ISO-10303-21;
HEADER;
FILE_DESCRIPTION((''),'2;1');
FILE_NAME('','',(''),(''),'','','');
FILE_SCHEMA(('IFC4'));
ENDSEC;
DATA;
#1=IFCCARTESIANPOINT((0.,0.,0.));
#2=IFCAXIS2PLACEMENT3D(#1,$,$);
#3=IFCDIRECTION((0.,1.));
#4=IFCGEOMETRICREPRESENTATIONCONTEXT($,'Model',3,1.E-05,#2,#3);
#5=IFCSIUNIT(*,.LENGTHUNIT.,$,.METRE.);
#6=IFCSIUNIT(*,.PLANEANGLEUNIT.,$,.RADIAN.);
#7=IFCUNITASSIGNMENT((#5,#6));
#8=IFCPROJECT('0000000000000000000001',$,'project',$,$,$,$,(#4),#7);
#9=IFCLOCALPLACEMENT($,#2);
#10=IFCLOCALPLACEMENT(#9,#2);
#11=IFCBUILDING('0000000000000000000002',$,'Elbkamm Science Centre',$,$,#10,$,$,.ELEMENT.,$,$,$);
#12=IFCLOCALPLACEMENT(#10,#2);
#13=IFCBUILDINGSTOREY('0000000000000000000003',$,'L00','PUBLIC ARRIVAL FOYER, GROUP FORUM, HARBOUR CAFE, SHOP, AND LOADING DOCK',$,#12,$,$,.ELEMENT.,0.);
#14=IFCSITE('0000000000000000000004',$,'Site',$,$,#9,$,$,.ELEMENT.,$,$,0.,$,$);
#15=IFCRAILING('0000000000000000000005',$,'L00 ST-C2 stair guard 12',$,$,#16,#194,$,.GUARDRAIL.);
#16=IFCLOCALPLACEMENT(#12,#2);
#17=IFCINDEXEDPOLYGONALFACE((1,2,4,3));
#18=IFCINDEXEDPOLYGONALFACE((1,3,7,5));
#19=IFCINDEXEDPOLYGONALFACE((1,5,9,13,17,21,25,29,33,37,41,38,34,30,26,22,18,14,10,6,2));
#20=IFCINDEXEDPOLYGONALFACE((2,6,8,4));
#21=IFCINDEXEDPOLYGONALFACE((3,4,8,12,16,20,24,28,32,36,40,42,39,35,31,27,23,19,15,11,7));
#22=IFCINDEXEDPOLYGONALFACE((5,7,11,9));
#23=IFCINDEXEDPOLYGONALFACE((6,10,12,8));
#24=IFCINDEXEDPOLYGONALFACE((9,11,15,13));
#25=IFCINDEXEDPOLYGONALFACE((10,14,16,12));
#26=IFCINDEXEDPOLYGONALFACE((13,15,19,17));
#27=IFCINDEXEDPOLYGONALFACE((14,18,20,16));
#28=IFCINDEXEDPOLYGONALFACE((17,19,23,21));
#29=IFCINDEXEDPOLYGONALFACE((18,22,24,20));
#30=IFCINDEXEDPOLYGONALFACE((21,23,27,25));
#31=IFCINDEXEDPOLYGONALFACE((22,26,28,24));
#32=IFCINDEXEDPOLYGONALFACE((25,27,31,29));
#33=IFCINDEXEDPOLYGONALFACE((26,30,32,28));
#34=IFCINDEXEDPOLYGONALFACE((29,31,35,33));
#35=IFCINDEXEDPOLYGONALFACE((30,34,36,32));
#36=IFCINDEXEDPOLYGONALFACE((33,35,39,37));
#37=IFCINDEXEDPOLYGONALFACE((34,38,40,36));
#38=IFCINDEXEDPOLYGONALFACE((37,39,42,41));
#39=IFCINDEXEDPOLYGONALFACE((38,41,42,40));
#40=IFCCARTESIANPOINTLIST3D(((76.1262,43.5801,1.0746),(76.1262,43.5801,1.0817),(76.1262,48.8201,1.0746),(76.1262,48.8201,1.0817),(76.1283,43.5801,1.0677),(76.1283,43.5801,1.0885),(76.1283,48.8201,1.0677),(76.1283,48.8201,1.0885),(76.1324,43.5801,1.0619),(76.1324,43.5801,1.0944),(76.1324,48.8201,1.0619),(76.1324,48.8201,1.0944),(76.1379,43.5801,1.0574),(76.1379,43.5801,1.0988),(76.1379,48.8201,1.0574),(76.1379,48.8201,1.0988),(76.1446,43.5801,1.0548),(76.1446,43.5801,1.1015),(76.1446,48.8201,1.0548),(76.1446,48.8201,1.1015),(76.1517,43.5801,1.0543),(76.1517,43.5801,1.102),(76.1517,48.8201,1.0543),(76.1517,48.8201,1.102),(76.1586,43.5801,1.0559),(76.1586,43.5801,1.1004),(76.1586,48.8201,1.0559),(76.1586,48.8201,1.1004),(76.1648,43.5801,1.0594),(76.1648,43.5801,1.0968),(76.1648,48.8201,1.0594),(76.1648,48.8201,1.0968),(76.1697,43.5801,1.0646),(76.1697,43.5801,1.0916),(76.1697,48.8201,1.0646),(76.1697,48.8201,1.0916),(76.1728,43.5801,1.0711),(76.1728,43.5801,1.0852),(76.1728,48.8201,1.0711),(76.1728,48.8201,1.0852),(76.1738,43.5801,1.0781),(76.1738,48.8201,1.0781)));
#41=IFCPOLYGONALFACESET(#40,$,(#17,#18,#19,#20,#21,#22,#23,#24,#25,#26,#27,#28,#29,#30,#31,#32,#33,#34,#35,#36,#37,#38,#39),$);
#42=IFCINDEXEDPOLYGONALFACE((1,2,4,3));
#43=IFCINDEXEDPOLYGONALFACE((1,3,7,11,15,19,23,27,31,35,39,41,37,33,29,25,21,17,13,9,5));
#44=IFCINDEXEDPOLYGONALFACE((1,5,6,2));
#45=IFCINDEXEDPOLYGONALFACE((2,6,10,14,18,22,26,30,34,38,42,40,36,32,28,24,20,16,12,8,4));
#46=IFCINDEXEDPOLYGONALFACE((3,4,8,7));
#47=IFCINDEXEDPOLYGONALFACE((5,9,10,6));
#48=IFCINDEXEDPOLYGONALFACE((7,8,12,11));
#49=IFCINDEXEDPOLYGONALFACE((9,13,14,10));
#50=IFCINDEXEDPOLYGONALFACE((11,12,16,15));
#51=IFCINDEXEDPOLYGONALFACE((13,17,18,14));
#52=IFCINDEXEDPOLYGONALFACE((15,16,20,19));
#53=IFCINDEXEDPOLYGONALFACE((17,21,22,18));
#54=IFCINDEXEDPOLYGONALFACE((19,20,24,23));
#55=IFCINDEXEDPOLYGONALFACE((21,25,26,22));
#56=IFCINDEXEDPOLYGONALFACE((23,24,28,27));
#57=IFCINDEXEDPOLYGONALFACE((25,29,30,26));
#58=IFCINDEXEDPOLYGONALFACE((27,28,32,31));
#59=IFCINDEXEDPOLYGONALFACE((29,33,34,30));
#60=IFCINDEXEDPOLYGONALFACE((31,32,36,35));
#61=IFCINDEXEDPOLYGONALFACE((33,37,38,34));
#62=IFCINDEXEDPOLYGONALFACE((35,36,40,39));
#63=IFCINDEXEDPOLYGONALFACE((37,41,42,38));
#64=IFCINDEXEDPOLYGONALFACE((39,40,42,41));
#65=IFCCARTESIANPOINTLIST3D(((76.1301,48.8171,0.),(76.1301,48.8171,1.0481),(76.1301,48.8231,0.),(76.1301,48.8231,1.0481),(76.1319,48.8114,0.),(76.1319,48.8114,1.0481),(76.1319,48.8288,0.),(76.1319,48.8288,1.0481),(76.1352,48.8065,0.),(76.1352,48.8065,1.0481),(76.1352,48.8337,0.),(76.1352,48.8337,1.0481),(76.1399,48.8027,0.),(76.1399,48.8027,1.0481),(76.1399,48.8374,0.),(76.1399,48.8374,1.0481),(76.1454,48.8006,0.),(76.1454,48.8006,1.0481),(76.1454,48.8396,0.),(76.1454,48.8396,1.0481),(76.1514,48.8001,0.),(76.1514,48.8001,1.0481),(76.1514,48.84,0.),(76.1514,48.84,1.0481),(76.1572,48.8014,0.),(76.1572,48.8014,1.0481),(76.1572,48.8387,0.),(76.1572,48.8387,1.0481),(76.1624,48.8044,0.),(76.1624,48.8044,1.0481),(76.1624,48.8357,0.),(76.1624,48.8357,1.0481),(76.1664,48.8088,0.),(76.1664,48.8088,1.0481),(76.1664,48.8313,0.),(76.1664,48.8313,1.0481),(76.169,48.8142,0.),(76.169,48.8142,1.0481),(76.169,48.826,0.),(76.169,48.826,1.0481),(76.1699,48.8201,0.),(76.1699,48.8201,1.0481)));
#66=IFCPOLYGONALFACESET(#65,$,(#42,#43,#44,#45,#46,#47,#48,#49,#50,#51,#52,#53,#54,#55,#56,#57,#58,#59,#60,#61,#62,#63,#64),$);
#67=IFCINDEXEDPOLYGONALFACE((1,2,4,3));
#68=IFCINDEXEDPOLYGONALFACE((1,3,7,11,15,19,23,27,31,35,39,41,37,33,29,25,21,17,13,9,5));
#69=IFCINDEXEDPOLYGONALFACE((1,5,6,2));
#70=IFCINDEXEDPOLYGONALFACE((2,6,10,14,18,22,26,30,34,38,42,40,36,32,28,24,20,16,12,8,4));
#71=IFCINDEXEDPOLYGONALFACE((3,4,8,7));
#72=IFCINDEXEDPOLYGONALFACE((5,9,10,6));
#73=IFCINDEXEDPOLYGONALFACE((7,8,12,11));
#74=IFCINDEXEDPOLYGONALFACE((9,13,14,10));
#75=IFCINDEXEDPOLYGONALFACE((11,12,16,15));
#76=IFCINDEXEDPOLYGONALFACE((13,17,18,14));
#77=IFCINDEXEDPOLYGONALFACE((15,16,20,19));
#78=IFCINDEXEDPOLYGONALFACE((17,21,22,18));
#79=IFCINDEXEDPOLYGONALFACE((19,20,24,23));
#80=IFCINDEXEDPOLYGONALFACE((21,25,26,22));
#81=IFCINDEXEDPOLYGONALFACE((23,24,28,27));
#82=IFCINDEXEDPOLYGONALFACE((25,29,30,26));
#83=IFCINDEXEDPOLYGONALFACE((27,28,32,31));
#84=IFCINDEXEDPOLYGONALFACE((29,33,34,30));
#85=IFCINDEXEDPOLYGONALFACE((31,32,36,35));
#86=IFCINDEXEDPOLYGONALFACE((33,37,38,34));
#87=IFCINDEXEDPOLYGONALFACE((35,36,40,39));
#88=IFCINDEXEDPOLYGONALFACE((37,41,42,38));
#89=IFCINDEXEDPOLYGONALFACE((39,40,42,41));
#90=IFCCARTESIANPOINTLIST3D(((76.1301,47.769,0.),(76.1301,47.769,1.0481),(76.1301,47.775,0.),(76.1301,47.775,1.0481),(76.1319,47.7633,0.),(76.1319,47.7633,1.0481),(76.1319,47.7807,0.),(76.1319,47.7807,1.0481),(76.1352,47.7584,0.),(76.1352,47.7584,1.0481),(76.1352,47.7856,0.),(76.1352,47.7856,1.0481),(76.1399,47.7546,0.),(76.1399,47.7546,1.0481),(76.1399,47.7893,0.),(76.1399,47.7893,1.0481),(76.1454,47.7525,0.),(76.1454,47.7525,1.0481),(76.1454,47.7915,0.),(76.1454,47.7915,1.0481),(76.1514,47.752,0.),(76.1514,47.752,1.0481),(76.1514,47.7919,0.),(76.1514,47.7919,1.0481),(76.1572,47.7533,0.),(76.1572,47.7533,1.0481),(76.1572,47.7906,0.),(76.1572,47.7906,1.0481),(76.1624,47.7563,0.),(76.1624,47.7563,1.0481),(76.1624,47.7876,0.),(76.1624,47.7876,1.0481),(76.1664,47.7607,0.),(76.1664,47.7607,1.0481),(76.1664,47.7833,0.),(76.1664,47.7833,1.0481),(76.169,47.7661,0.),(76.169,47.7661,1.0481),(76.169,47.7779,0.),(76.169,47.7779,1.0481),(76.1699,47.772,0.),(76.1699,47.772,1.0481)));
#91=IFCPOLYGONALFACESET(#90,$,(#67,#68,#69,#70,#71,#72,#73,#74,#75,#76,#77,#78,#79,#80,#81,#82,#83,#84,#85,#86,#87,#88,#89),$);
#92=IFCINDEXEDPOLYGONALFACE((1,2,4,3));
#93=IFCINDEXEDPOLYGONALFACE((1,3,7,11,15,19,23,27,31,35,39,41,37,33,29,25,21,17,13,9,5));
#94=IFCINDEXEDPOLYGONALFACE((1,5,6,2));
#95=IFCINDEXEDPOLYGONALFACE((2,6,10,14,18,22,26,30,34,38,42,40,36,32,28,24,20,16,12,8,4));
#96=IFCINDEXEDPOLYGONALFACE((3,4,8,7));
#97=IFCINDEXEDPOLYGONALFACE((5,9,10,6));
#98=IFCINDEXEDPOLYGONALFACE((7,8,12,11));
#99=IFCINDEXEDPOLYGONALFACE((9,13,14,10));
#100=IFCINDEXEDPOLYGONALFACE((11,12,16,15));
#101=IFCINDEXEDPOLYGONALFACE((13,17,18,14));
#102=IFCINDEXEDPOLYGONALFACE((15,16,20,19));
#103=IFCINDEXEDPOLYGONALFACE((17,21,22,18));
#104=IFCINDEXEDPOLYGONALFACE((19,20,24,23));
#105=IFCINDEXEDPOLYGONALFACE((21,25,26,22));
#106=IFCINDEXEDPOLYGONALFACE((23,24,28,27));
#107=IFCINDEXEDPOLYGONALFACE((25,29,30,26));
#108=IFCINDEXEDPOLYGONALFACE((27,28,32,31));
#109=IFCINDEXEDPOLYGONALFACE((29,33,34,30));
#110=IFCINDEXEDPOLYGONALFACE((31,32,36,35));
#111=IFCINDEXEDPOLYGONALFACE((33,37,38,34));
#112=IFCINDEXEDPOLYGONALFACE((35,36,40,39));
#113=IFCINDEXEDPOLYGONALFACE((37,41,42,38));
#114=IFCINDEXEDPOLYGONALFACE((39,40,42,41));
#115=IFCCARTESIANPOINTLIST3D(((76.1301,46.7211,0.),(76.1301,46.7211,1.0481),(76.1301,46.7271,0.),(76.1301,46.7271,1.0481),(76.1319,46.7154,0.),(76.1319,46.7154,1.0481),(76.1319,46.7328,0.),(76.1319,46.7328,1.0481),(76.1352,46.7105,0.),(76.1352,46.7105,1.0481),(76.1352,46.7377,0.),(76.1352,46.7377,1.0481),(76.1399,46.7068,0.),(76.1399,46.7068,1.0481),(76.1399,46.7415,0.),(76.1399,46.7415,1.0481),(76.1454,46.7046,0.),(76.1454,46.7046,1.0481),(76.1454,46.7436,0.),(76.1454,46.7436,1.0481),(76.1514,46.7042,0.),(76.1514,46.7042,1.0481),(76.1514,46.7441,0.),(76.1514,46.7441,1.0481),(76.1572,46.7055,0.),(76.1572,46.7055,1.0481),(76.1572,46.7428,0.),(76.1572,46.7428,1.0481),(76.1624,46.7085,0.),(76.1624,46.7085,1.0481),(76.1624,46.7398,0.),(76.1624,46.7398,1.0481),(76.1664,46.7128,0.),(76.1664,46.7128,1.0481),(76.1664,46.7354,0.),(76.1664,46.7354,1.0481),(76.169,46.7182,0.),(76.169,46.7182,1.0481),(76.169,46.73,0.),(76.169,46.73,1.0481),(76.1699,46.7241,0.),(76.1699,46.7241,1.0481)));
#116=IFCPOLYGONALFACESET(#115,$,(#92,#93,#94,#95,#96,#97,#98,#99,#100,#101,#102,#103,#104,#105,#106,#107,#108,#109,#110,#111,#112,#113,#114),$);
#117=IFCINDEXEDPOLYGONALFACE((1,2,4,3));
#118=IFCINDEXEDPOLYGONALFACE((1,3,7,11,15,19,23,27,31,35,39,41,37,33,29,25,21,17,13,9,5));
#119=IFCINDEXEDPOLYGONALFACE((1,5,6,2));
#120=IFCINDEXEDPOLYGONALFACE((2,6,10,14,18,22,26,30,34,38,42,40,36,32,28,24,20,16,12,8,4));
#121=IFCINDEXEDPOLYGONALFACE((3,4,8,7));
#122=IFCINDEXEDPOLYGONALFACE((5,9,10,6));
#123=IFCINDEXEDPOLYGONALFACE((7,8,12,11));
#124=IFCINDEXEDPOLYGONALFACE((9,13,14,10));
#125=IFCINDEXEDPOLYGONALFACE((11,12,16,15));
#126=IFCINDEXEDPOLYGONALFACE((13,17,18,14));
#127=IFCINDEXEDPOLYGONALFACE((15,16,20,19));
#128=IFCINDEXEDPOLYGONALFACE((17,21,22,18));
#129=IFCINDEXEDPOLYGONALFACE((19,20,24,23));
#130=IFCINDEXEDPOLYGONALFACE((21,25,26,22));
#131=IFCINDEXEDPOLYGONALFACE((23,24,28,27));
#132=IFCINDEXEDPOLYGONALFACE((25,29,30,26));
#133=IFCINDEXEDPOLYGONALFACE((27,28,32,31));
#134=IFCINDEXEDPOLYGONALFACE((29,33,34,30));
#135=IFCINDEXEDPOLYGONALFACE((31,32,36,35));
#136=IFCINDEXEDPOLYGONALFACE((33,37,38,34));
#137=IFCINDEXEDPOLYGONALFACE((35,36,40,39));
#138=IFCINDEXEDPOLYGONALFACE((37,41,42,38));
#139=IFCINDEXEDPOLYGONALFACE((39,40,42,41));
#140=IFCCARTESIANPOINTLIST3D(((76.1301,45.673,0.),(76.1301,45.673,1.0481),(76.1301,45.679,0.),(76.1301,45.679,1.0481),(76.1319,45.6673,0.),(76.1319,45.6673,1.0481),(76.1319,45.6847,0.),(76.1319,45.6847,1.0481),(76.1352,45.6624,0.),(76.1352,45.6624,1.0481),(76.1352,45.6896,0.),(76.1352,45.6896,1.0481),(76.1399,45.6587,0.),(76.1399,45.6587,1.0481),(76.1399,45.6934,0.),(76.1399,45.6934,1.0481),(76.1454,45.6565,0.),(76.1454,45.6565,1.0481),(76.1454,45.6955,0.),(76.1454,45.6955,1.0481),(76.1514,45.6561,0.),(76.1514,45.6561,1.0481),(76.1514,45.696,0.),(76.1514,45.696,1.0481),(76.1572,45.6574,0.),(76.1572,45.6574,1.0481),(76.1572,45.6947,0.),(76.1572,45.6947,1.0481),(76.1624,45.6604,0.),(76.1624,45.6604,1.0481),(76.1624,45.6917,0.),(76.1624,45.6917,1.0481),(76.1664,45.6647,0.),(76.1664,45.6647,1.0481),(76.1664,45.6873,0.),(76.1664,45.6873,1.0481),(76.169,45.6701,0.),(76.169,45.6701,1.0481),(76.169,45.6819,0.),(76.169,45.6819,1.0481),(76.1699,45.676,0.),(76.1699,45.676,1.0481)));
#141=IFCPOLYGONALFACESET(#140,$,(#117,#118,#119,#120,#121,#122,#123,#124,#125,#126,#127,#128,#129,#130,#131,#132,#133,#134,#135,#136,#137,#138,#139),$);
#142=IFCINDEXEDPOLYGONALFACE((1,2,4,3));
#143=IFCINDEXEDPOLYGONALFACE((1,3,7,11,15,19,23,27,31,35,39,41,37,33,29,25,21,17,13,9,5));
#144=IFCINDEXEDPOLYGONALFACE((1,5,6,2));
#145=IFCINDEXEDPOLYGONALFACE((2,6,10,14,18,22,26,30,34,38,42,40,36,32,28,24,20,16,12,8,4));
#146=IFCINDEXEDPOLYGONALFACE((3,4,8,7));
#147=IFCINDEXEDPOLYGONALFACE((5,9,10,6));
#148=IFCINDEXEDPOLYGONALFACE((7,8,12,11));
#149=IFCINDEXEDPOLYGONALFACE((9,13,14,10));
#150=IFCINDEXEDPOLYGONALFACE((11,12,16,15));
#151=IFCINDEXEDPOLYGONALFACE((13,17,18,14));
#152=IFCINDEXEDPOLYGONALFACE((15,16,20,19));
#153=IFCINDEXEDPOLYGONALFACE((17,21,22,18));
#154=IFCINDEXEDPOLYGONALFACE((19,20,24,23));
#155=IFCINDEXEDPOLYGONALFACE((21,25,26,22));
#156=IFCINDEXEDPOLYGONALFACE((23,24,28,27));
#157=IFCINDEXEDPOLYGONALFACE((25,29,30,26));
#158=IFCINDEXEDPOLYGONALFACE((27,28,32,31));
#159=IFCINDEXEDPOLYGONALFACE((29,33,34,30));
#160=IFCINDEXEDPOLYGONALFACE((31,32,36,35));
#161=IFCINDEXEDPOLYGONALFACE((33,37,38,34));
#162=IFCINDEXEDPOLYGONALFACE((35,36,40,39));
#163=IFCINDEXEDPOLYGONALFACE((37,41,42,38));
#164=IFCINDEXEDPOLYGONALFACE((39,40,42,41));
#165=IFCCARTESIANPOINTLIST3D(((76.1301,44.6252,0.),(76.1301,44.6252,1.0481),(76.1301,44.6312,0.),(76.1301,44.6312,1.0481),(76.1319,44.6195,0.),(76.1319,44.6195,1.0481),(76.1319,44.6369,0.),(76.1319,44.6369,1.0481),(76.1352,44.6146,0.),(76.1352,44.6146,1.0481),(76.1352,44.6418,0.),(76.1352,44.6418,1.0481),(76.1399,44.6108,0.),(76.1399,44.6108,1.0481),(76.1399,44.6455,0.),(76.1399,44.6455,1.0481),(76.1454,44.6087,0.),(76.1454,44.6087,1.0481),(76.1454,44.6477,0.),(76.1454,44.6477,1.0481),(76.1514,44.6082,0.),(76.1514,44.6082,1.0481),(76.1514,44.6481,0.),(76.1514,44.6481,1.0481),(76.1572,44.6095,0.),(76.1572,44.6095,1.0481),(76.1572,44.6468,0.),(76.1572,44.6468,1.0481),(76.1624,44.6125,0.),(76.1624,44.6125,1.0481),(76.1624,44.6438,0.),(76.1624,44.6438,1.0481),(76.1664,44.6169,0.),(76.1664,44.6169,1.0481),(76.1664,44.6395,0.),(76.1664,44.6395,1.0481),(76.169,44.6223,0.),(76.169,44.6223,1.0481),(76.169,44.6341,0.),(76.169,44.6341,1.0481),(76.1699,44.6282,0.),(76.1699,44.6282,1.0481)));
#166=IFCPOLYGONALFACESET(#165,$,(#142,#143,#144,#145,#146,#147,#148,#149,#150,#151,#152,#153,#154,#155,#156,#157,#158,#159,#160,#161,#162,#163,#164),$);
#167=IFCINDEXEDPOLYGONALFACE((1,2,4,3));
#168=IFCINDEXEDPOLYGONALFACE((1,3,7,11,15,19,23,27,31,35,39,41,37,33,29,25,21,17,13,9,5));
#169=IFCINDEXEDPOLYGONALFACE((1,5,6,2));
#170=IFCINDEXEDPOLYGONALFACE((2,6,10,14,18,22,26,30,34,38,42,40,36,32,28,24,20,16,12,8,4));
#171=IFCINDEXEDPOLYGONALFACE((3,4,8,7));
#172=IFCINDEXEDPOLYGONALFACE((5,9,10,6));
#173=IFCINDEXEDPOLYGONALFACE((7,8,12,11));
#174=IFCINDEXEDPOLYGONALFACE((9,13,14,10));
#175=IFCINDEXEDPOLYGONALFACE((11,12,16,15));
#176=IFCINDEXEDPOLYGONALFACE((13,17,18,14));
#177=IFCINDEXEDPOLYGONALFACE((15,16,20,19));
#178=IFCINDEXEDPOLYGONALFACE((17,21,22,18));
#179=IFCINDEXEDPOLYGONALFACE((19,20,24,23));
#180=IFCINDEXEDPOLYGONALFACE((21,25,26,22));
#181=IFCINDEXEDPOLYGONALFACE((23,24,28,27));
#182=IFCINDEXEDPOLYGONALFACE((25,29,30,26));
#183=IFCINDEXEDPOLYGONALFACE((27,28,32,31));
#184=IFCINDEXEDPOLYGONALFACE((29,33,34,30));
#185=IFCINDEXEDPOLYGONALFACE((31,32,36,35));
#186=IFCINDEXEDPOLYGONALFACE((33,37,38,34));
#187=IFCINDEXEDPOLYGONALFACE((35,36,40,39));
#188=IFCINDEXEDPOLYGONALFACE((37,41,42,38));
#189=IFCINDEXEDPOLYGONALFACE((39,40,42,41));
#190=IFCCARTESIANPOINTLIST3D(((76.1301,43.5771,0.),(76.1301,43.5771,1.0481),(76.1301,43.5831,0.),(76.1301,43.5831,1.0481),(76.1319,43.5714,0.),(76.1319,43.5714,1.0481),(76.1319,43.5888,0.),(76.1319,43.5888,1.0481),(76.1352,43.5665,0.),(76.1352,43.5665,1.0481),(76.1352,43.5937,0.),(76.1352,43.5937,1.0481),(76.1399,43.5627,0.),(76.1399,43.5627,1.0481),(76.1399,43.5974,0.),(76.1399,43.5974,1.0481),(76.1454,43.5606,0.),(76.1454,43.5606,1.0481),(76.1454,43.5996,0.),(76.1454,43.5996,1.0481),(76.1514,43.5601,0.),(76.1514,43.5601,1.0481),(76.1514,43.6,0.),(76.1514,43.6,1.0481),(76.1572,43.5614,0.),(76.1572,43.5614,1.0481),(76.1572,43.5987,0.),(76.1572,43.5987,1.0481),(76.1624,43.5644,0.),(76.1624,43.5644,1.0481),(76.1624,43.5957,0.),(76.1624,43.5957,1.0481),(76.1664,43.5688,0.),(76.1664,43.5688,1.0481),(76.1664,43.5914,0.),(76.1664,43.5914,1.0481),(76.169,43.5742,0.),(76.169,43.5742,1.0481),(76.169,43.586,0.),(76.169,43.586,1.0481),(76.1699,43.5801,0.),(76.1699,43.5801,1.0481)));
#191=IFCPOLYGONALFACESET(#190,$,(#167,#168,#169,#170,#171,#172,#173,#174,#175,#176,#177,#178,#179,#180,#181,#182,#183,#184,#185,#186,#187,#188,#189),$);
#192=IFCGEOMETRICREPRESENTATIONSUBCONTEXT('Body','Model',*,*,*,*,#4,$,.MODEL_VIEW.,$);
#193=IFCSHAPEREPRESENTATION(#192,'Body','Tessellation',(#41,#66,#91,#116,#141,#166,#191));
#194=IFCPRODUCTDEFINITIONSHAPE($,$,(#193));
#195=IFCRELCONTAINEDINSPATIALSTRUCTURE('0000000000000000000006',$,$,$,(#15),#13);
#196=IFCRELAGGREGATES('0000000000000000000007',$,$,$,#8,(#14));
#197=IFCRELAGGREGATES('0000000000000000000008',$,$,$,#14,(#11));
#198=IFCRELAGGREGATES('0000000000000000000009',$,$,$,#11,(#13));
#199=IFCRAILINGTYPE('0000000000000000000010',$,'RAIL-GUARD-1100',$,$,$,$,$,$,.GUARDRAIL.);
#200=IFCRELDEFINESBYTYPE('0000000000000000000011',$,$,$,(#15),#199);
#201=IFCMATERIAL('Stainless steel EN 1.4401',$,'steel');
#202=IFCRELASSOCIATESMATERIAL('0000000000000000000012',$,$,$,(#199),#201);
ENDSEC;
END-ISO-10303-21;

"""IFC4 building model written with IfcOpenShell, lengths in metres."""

from ifc_helpers import new_model, si_unit, direction, frame, origin, origin_2d, place, context, subcontext, project, spatial, circle, extrude, material, type_object, element, save


model = new_model("IFC4")

# Units and contexts
model_context = context("Model", 3, precision=1e-05, world=origin(), true_north=direction((0.0, 1.0)))
body_context = subcontext(model_context, "Body", "Model", "MODEL_VIEW")
ifc_project = project(units=[si_unit("LENGTHUNIT", "METRE"), si_unit("PLANEANGLEUNIT", "RADIAN")], contexts=[model_context])

# Site, building, storey
site_placement = place(None, origin())
site = spatial("IfcSite", under=ifc_project, at=site_placement, Name="Site", CompositionType="ELEMENT", RefElevation=0.0)
building_placement = place(site_placement, origin())
building = spatial("IfcBuilding", under=site, at=building_placement, Name="Elbkamm Science Centre", CompositionType="ELEMENT")
storey_placement = place(building_placement, origin())
storey = spatial("IfcBuildingStorey", under=building, at=storey_placement, Name="L00", Description="PUBLIC ARRIVAL FOYER, GROUP FORUM, HARBOUR CAFE, SHOP, AND LOADING DOCK", CompositionType="ELEMENT", Elevation=0.0)

# Railing
ifc_material_1 = material(Name="Stainless steel EN 1.4401", Category="steel")
railing_type_1 = type_object("IfcRailingType", Name="RAIL-GUARD-1100", PredefinedType="GUARDRAIL", material=ifc_material_1)
railing_1_placement = place(storey_placement, frame((76.1499, 48.8201, 0.0)))
element("IfcRailing", 1, at=railing_1_placement, inside=storey, type_object=railing_type_1, Name="L00 ST-C2 stair guard 12", PredefinedType="GUARDRAIL", context=body_context, shape_type="SweptSolid", body=[
    extrude(circle(Radius=0.0239, at=origin_2d()), frame((0.0, 0.0, 1.0781), z_axis=(0.0, -1.0, 0.0), x_axis=(1.0, 0.0, 0.0)), (0.0, 0.0, 1.0), 5.24),
    extrude(circle(Radius=0.02, at=origin_2d()), origin(), (0.0, 0.0, 1.0), 1.0481),
    extrude(circle(Radius=0.02, at=origin_2d()), frame((0.0, -1.0481, 0.0)), (0.0, 0.0, 1.0), 1.0481),
    extrude(circle(Radius=0.02, at=origin_2d()), frame((0.0, -2.0959, 0.0)), (0.0, 0.0, 1.0), 1.0481),
    extrude(circle(Radius=0.02, at=origin_2d()), frame((0.0, -3.144, 0.0)), (0.0, 0.0, 1.0), 1.0481),
    extrude(circle(Radius=0.02, at=origin_2d()), frame((0.0, -4.1919, 0.0)), (0.0, 0.0, 1.0), 1.0481),
    extrude(circle(Radius=0.02, at=origin_2d()), frame((0.0, -5.24, 0.0)), (0.0, 0.0, 1.0), 1.0481),
])

save(model, "model.ifc")
